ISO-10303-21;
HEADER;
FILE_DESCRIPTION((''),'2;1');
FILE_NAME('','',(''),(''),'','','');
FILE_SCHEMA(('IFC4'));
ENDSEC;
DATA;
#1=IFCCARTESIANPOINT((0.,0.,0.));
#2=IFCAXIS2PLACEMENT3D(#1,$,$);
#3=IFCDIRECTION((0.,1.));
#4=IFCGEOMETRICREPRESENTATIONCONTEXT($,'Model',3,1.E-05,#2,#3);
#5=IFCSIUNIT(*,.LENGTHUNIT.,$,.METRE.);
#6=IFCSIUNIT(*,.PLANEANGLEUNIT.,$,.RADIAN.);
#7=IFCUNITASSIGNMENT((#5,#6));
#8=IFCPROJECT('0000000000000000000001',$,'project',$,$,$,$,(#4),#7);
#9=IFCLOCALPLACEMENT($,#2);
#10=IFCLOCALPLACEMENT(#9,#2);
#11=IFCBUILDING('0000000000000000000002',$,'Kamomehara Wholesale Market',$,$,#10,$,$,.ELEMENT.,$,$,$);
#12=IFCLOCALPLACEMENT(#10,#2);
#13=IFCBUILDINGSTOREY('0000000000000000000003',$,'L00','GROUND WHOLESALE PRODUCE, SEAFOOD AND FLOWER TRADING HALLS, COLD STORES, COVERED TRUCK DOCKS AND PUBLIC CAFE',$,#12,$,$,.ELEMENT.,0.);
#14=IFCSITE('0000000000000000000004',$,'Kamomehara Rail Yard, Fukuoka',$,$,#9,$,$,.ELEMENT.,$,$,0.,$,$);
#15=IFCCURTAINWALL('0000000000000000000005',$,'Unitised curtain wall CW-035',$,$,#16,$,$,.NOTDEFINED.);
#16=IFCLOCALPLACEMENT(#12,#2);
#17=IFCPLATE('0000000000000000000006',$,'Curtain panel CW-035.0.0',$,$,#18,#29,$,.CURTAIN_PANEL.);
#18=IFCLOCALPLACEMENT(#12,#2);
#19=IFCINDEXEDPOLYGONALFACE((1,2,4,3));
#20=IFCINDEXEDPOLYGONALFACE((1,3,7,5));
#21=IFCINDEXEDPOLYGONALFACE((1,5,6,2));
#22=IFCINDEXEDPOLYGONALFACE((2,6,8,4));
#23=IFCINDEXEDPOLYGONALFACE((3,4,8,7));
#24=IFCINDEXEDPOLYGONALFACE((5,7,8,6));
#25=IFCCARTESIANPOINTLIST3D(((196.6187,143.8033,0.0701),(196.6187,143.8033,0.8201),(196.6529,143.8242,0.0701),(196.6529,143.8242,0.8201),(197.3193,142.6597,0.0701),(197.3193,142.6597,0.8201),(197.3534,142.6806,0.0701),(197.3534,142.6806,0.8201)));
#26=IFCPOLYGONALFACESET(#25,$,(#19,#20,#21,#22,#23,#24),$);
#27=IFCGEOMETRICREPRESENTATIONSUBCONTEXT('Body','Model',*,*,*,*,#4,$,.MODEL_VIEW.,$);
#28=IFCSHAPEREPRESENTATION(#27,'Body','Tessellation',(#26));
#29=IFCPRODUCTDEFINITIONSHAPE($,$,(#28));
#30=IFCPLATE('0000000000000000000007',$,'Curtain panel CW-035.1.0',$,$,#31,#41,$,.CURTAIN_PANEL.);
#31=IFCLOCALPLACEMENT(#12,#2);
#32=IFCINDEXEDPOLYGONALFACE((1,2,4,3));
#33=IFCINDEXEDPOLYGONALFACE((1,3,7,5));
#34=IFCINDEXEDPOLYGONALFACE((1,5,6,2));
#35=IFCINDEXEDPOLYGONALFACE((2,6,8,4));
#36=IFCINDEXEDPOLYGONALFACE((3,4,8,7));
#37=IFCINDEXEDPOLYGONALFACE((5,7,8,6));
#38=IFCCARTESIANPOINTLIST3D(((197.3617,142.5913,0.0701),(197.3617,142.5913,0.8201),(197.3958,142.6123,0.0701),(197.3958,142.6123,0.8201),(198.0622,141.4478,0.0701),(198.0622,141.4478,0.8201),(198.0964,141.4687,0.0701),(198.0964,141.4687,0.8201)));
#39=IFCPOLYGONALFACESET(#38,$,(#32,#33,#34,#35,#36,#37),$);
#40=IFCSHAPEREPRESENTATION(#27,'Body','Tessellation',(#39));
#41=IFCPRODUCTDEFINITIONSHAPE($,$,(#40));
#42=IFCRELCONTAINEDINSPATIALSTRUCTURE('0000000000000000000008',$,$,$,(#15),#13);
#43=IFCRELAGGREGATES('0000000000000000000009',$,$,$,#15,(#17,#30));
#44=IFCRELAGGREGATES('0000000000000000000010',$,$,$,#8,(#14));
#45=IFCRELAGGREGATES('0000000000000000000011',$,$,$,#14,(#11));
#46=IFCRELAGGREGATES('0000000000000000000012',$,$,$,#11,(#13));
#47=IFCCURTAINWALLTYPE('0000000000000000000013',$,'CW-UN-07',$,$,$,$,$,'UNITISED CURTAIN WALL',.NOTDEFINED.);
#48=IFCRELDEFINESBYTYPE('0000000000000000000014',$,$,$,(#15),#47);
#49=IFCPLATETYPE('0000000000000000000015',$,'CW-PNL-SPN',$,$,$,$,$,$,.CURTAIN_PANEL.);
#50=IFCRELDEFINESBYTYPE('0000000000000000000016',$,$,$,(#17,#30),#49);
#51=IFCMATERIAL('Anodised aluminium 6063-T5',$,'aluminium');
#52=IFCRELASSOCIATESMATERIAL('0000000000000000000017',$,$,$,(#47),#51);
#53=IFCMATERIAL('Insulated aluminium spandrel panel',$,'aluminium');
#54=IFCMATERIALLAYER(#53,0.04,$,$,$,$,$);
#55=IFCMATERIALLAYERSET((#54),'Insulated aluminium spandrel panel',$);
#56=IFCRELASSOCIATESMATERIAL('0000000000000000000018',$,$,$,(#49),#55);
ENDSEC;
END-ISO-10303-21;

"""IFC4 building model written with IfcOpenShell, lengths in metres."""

from ifc_helpers import new_model, si_unit, direction, frame, origin, origin_2d, place, context, subcontext, project, spatial, rectangle, extrude, material, layer, layer_set, type_object, element, aggregate, save


model = new_model("IFC4")

# Units and contexts
model_context = context("Model", 3, precision=1e-05, world=origin(), true_north=direction((0.0, 1.0)))
body_context = subcontext(model_context, "Body", "Model", "MODEL_VIEW")
ifc_project = project(units=[si_unit("LENGTHUNIT", "METRE"), si_unit("PLANEANGLEUNIT", "RADIAN")], contexts=[model_context])

# Site, building, storey
site_placement = place(None, origin())
site = spatial("IfcSite", under=ifc_project, at=site_placement, Name="Kamomehara Rail Yard, Fukuoka", CompositionType="ELEMENT", RefElevation=0.0)
building_placement = place(site_placement, origin())
building = spatial("IfcBuilding", under=site, at=building_placement, Name="Kamomehara Wholesale Market", CompositionType="ELEMENT")
storey_placement = place(building_placement, origin())
storey = spatial("IfcBuildingStorey", under=building, at=storey_placement, Name="L00", Description="GROUND WHOLESALE PRODUCE, SEAFOOD AND FLOWER TRADING HALLS, COLD STORES, COVERED TRUCK DOCKS AND PUBLIC CAFE", CompositionType="ELEMENT", Elevation=0.0)

# Curtain wall
ifc_material_1 = material(Name="Anodised aluminium 6063-T5", Category="aluminium")
curtain_wall_type = type_object("IfcCurtainWallType", Name="CW-UN-07", ElementType="UNITISED CURTAIN WALL", PredefinedType="NOTDEFINED", material=ifc_material_1)
curtain_wall_1_placement = place(storey_placement, origin())
curtain_wall_1 = element("IfcCurtainWall", 1, at=curtain_wall_1_placement, inside=storey, type_object=curtain_wall_type, Name="Unitised curtain wall CW-035", PredefinedType="NOTDEFINED")

# Plates
ifc_material_2 = material(Name="Insulated aluminium spandrel panel", Category="aluminium")
ifc_layer_1 = layer(ifc_material_2, 0.04)
ifc_layer_set_1 = layer_set([ifc_layer_1], Name="Insulated aluminium spandrel panel")
plate_type_1 = type_object("IfcPlateType", Name="CW-PNL-SPN", PredefinedType="CURTAIN_PANEL", material=ifc_layer_set_1)
plate_1_placement = place(storey_placement, frame((196.9861, 143.2419, 0.0701), z_axis=(0.0, 0.0, 1.0), x_axis=(0.522394, -0.852704, 0.0)))
plate_1 = element("IfcPlate", 2, at=plate_1_placement, type_object=plate_type_1, Name="Curtain panel CW-035.0.0", PredefinedType="CURTAIN_PANEL", context=body_context, shape_type="SweptSolid", body=[
    extrude(rectangle(XDim=1.3411, YDim=0.04, at=origin_2d()), origin(), (0.0, 0.0, 1.0), 0.75),
])
plate_2_placement = place(storey_placement, frame((197.729, 142.03, 0.0701), z_axis=(0.0, 0.0, 1.0), x_axis=(0.522394, -0.852704, 0.0)))
plate_2 = element("IfcPlate", 3, at=plate_2_placement, type_object=plate_type_1, Name="Curtain panel CW-035.1.0", PredefinedType="CURTAIN_PANEL", context=body_context, shape_type="SweptSolid", body=[
    extrude(rectangle(XDim=1.3411, YDim=0.04, at=origin_2d()), origin(), (0.0, 0.0, 1.0), 0.75),
])
aggregate(curtain_wall_1, [plate_1, plate_2])

save(model, "model.ifc")
